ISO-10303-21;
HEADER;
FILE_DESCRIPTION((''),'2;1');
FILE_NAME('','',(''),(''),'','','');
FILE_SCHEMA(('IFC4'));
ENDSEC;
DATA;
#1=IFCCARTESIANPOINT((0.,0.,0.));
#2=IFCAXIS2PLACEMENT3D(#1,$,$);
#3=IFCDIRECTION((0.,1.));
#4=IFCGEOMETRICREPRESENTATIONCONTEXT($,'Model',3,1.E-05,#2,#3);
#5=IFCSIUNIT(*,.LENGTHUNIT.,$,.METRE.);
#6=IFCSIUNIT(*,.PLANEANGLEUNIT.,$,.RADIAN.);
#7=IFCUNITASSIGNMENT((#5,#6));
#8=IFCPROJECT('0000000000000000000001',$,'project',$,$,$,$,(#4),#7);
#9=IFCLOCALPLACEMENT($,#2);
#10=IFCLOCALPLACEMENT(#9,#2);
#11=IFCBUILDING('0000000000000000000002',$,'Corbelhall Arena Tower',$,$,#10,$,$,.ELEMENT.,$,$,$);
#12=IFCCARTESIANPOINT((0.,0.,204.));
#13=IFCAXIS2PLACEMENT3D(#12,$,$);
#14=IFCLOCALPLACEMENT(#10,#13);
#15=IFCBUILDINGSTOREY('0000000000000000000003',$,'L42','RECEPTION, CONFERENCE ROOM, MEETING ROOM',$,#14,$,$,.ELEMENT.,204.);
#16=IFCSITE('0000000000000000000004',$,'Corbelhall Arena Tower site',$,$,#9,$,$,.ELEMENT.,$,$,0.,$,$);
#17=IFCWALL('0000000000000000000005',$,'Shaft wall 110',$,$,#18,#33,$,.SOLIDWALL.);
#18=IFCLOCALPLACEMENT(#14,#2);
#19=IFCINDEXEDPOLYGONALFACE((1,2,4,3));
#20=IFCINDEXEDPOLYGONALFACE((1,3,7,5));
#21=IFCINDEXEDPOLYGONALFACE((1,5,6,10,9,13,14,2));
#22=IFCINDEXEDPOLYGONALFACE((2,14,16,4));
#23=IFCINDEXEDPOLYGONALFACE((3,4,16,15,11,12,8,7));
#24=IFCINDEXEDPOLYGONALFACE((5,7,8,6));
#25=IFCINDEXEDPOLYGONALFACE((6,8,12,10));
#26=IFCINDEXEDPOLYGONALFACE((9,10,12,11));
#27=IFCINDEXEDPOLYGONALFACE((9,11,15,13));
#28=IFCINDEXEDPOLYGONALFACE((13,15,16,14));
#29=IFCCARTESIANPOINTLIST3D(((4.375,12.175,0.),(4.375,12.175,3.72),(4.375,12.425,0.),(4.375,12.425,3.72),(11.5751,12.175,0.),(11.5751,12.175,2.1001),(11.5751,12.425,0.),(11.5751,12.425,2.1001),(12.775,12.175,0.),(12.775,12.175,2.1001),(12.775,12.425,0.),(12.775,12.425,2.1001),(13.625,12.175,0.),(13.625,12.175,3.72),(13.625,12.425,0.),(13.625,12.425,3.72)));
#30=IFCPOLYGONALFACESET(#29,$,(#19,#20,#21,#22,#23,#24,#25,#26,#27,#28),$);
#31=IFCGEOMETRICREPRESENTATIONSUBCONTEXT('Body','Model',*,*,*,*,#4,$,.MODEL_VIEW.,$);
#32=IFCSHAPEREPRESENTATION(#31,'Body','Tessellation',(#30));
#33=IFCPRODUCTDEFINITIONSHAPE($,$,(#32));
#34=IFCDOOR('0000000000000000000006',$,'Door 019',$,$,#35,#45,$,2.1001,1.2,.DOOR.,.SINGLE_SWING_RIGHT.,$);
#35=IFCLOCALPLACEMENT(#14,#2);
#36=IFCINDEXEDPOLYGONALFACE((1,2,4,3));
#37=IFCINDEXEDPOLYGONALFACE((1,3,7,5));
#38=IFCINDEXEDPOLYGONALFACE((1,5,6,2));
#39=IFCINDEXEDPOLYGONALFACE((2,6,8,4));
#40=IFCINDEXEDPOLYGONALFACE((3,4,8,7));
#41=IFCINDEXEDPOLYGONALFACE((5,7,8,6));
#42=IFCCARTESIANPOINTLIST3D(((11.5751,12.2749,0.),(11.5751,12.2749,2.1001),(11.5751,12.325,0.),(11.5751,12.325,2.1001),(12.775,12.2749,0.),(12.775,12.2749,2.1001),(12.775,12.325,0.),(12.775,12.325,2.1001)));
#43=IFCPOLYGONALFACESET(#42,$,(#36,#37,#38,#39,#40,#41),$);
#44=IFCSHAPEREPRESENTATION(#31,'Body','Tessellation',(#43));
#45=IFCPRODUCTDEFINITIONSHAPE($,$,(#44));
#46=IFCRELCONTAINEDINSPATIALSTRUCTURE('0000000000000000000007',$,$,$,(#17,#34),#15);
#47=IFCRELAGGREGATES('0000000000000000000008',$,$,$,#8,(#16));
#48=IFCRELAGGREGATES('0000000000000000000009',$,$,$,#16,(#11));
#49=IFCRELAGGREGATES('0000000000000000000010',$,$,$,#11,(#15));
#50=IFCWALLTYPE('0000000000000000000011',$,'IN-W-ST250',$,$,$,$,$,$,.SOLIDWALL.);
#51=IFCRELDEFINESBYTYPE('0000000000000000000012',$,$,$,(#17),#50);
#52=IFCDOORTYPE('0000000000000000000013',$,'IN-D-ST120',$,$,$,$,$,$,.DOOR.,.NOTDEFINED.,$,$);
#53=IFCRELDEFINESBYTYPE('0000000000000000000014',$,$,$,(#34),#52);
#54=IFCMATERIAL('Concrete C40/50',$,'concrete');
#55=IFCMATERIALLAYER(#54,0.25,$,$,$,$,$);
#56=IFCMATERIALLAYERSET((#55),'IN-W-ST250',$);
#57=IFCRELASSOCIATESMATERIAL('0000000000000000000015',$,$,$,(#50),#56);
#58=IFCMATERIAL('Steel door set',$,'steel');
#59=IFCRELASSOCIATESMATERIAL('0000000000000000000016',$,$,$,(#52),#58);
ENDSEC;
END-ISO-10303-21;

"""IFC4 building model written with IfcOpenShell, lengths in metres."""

from ifc_helpers import new_model, si_unit, direction, frame, frame_2d, origin, place, context, subcontext, project, spatial, rectangle, extrude, material, layer, layer_set, type_object, element, fill, save


model = new_model("IFC4")

# Units and contexts
model_context = context("Model", 3, precision=1e-05, world=origin(), true_north=direction((0.0, 1.0)))
body_context = subcontext(model_context, "Body", "Model", "MODEL_VIEW")
ifc_project = project(units=[si_unit("LENGTHUNIT", "METRE"), si_unit("PLANEANGLEUNIT", "RADIAN")], contexts=[model_context])

# Site, building, storey
site_placement = place(None, origin())
site = spatial("IfcSite", under=ifc_project, at=site_placement, Name="Corbelhall Arena Tower site", CompositionType="ELEMENT", RefElevation=0.0)
building_placement = place(site_placement, origin())
building = spatial("IfcBuilding", under=site, at=building_placement, Name="Corbelhall Arena Tower", CompositionType="ELEMENT")
storey_placement = place(building_placement, frame((0.0, 0.0, 204.0)))
storey = spatial("IfcBuildingStorey", under=building, at=storey_placement, Name="L42", Description="RECEPTION, CONFERENCE ROOM, MEETING ROOM", CompositionType="ELEMENT", Elevation=204.0)

# Shared definitions
ifc_material_1 = material(Name="Concrete C40/50", Category="concrete")

# Shared definitions
ifc_material_2 = material(Name="Steel door set", Category="steel")

# Wall, opening, door
ifc_layer_1 = layer(ifc_material_1, 0.25)
ifc_layer_set_1 = layer_set([ifc_layer_1], Name="IN-W-ST250")
wall_type_1 = type_object("IfcWallType", Name="IN-W-ST250", PredefinedType="SOLIDWALL", material=ifc_layer_set_1)
wall_1_placement = place(storey_placement, frame((4.375, 12.3, 0.0), z_axis=(0.0, 0.0, 1.0), x_axis=(1.0, 0.0, 0.0)))
wall_1 = element("IfcWall", 1, at=wall_1_placement, inside=storey, type_object=wall_type_1, Name="Shaft wall 110", PredefinedType="SOLIDWALL", context=body_context, shape_type="SweptSolid", body=[
    extrude(rectangle(XDim=9.25, YDim=0.25, at=frame_2d((4.625, 0.0))), origin(), (0.0, 0.0, 1.0), 3.72),
])
opening_1_placement = place(wall_1_placement, frame((7.2, 0.0, 0.0)))
opening_1 = element("IfcOpeningElement", 2, at=opening_1_placement, cuts=wall_1, PredefinedType="OPENING", context=body_context, shape_type="SweptSolid", body=[
    extrude(rectangle(XDim=1.2, YDim=2.1001, at=frame_2d((0.6001, 1.05))), frame((0.0, 0.125, 0.0), z_axis=(0.0, -1.0, 0.0), x_axis=(1.0, 0.0, 0.0)), (0.0, 0.0, 1.0), 0.25),
])
door_type_1 = type_object("IfcDoorType", Name="IN-D-ST120", OperationType="NOTDEFINED", PredefinedType="DOOR", material=ifc_material_2)
door_1_placement = place(opening_1_placement, origin())
door_1 = element("IfcDoor", 3, at=door_1_placement, inside=storey, type_object=door_type_1, Name="Door 019", OperationType="SINGLE_SWING_RIGHT", OverallHeight=2.1001, OverallWidth=1.2, PredefinedType="DOOR", context=body_context, shape_type="SweptSolid", body=[
    extrude(rectangle(XDim=1.2, YDim=2.1001, at=frame_2d((0.6001, 1.05))), frame((0.0, 0.0249, 0.0), z_axis=(0.0, -1.0, 0.0), x_axis=(1.0, 0.0, 0.0)), (0.0, 0.0, 1.0), 0.05),
])
fill(opening_1, door_1)

save(model, "model.ifc")
